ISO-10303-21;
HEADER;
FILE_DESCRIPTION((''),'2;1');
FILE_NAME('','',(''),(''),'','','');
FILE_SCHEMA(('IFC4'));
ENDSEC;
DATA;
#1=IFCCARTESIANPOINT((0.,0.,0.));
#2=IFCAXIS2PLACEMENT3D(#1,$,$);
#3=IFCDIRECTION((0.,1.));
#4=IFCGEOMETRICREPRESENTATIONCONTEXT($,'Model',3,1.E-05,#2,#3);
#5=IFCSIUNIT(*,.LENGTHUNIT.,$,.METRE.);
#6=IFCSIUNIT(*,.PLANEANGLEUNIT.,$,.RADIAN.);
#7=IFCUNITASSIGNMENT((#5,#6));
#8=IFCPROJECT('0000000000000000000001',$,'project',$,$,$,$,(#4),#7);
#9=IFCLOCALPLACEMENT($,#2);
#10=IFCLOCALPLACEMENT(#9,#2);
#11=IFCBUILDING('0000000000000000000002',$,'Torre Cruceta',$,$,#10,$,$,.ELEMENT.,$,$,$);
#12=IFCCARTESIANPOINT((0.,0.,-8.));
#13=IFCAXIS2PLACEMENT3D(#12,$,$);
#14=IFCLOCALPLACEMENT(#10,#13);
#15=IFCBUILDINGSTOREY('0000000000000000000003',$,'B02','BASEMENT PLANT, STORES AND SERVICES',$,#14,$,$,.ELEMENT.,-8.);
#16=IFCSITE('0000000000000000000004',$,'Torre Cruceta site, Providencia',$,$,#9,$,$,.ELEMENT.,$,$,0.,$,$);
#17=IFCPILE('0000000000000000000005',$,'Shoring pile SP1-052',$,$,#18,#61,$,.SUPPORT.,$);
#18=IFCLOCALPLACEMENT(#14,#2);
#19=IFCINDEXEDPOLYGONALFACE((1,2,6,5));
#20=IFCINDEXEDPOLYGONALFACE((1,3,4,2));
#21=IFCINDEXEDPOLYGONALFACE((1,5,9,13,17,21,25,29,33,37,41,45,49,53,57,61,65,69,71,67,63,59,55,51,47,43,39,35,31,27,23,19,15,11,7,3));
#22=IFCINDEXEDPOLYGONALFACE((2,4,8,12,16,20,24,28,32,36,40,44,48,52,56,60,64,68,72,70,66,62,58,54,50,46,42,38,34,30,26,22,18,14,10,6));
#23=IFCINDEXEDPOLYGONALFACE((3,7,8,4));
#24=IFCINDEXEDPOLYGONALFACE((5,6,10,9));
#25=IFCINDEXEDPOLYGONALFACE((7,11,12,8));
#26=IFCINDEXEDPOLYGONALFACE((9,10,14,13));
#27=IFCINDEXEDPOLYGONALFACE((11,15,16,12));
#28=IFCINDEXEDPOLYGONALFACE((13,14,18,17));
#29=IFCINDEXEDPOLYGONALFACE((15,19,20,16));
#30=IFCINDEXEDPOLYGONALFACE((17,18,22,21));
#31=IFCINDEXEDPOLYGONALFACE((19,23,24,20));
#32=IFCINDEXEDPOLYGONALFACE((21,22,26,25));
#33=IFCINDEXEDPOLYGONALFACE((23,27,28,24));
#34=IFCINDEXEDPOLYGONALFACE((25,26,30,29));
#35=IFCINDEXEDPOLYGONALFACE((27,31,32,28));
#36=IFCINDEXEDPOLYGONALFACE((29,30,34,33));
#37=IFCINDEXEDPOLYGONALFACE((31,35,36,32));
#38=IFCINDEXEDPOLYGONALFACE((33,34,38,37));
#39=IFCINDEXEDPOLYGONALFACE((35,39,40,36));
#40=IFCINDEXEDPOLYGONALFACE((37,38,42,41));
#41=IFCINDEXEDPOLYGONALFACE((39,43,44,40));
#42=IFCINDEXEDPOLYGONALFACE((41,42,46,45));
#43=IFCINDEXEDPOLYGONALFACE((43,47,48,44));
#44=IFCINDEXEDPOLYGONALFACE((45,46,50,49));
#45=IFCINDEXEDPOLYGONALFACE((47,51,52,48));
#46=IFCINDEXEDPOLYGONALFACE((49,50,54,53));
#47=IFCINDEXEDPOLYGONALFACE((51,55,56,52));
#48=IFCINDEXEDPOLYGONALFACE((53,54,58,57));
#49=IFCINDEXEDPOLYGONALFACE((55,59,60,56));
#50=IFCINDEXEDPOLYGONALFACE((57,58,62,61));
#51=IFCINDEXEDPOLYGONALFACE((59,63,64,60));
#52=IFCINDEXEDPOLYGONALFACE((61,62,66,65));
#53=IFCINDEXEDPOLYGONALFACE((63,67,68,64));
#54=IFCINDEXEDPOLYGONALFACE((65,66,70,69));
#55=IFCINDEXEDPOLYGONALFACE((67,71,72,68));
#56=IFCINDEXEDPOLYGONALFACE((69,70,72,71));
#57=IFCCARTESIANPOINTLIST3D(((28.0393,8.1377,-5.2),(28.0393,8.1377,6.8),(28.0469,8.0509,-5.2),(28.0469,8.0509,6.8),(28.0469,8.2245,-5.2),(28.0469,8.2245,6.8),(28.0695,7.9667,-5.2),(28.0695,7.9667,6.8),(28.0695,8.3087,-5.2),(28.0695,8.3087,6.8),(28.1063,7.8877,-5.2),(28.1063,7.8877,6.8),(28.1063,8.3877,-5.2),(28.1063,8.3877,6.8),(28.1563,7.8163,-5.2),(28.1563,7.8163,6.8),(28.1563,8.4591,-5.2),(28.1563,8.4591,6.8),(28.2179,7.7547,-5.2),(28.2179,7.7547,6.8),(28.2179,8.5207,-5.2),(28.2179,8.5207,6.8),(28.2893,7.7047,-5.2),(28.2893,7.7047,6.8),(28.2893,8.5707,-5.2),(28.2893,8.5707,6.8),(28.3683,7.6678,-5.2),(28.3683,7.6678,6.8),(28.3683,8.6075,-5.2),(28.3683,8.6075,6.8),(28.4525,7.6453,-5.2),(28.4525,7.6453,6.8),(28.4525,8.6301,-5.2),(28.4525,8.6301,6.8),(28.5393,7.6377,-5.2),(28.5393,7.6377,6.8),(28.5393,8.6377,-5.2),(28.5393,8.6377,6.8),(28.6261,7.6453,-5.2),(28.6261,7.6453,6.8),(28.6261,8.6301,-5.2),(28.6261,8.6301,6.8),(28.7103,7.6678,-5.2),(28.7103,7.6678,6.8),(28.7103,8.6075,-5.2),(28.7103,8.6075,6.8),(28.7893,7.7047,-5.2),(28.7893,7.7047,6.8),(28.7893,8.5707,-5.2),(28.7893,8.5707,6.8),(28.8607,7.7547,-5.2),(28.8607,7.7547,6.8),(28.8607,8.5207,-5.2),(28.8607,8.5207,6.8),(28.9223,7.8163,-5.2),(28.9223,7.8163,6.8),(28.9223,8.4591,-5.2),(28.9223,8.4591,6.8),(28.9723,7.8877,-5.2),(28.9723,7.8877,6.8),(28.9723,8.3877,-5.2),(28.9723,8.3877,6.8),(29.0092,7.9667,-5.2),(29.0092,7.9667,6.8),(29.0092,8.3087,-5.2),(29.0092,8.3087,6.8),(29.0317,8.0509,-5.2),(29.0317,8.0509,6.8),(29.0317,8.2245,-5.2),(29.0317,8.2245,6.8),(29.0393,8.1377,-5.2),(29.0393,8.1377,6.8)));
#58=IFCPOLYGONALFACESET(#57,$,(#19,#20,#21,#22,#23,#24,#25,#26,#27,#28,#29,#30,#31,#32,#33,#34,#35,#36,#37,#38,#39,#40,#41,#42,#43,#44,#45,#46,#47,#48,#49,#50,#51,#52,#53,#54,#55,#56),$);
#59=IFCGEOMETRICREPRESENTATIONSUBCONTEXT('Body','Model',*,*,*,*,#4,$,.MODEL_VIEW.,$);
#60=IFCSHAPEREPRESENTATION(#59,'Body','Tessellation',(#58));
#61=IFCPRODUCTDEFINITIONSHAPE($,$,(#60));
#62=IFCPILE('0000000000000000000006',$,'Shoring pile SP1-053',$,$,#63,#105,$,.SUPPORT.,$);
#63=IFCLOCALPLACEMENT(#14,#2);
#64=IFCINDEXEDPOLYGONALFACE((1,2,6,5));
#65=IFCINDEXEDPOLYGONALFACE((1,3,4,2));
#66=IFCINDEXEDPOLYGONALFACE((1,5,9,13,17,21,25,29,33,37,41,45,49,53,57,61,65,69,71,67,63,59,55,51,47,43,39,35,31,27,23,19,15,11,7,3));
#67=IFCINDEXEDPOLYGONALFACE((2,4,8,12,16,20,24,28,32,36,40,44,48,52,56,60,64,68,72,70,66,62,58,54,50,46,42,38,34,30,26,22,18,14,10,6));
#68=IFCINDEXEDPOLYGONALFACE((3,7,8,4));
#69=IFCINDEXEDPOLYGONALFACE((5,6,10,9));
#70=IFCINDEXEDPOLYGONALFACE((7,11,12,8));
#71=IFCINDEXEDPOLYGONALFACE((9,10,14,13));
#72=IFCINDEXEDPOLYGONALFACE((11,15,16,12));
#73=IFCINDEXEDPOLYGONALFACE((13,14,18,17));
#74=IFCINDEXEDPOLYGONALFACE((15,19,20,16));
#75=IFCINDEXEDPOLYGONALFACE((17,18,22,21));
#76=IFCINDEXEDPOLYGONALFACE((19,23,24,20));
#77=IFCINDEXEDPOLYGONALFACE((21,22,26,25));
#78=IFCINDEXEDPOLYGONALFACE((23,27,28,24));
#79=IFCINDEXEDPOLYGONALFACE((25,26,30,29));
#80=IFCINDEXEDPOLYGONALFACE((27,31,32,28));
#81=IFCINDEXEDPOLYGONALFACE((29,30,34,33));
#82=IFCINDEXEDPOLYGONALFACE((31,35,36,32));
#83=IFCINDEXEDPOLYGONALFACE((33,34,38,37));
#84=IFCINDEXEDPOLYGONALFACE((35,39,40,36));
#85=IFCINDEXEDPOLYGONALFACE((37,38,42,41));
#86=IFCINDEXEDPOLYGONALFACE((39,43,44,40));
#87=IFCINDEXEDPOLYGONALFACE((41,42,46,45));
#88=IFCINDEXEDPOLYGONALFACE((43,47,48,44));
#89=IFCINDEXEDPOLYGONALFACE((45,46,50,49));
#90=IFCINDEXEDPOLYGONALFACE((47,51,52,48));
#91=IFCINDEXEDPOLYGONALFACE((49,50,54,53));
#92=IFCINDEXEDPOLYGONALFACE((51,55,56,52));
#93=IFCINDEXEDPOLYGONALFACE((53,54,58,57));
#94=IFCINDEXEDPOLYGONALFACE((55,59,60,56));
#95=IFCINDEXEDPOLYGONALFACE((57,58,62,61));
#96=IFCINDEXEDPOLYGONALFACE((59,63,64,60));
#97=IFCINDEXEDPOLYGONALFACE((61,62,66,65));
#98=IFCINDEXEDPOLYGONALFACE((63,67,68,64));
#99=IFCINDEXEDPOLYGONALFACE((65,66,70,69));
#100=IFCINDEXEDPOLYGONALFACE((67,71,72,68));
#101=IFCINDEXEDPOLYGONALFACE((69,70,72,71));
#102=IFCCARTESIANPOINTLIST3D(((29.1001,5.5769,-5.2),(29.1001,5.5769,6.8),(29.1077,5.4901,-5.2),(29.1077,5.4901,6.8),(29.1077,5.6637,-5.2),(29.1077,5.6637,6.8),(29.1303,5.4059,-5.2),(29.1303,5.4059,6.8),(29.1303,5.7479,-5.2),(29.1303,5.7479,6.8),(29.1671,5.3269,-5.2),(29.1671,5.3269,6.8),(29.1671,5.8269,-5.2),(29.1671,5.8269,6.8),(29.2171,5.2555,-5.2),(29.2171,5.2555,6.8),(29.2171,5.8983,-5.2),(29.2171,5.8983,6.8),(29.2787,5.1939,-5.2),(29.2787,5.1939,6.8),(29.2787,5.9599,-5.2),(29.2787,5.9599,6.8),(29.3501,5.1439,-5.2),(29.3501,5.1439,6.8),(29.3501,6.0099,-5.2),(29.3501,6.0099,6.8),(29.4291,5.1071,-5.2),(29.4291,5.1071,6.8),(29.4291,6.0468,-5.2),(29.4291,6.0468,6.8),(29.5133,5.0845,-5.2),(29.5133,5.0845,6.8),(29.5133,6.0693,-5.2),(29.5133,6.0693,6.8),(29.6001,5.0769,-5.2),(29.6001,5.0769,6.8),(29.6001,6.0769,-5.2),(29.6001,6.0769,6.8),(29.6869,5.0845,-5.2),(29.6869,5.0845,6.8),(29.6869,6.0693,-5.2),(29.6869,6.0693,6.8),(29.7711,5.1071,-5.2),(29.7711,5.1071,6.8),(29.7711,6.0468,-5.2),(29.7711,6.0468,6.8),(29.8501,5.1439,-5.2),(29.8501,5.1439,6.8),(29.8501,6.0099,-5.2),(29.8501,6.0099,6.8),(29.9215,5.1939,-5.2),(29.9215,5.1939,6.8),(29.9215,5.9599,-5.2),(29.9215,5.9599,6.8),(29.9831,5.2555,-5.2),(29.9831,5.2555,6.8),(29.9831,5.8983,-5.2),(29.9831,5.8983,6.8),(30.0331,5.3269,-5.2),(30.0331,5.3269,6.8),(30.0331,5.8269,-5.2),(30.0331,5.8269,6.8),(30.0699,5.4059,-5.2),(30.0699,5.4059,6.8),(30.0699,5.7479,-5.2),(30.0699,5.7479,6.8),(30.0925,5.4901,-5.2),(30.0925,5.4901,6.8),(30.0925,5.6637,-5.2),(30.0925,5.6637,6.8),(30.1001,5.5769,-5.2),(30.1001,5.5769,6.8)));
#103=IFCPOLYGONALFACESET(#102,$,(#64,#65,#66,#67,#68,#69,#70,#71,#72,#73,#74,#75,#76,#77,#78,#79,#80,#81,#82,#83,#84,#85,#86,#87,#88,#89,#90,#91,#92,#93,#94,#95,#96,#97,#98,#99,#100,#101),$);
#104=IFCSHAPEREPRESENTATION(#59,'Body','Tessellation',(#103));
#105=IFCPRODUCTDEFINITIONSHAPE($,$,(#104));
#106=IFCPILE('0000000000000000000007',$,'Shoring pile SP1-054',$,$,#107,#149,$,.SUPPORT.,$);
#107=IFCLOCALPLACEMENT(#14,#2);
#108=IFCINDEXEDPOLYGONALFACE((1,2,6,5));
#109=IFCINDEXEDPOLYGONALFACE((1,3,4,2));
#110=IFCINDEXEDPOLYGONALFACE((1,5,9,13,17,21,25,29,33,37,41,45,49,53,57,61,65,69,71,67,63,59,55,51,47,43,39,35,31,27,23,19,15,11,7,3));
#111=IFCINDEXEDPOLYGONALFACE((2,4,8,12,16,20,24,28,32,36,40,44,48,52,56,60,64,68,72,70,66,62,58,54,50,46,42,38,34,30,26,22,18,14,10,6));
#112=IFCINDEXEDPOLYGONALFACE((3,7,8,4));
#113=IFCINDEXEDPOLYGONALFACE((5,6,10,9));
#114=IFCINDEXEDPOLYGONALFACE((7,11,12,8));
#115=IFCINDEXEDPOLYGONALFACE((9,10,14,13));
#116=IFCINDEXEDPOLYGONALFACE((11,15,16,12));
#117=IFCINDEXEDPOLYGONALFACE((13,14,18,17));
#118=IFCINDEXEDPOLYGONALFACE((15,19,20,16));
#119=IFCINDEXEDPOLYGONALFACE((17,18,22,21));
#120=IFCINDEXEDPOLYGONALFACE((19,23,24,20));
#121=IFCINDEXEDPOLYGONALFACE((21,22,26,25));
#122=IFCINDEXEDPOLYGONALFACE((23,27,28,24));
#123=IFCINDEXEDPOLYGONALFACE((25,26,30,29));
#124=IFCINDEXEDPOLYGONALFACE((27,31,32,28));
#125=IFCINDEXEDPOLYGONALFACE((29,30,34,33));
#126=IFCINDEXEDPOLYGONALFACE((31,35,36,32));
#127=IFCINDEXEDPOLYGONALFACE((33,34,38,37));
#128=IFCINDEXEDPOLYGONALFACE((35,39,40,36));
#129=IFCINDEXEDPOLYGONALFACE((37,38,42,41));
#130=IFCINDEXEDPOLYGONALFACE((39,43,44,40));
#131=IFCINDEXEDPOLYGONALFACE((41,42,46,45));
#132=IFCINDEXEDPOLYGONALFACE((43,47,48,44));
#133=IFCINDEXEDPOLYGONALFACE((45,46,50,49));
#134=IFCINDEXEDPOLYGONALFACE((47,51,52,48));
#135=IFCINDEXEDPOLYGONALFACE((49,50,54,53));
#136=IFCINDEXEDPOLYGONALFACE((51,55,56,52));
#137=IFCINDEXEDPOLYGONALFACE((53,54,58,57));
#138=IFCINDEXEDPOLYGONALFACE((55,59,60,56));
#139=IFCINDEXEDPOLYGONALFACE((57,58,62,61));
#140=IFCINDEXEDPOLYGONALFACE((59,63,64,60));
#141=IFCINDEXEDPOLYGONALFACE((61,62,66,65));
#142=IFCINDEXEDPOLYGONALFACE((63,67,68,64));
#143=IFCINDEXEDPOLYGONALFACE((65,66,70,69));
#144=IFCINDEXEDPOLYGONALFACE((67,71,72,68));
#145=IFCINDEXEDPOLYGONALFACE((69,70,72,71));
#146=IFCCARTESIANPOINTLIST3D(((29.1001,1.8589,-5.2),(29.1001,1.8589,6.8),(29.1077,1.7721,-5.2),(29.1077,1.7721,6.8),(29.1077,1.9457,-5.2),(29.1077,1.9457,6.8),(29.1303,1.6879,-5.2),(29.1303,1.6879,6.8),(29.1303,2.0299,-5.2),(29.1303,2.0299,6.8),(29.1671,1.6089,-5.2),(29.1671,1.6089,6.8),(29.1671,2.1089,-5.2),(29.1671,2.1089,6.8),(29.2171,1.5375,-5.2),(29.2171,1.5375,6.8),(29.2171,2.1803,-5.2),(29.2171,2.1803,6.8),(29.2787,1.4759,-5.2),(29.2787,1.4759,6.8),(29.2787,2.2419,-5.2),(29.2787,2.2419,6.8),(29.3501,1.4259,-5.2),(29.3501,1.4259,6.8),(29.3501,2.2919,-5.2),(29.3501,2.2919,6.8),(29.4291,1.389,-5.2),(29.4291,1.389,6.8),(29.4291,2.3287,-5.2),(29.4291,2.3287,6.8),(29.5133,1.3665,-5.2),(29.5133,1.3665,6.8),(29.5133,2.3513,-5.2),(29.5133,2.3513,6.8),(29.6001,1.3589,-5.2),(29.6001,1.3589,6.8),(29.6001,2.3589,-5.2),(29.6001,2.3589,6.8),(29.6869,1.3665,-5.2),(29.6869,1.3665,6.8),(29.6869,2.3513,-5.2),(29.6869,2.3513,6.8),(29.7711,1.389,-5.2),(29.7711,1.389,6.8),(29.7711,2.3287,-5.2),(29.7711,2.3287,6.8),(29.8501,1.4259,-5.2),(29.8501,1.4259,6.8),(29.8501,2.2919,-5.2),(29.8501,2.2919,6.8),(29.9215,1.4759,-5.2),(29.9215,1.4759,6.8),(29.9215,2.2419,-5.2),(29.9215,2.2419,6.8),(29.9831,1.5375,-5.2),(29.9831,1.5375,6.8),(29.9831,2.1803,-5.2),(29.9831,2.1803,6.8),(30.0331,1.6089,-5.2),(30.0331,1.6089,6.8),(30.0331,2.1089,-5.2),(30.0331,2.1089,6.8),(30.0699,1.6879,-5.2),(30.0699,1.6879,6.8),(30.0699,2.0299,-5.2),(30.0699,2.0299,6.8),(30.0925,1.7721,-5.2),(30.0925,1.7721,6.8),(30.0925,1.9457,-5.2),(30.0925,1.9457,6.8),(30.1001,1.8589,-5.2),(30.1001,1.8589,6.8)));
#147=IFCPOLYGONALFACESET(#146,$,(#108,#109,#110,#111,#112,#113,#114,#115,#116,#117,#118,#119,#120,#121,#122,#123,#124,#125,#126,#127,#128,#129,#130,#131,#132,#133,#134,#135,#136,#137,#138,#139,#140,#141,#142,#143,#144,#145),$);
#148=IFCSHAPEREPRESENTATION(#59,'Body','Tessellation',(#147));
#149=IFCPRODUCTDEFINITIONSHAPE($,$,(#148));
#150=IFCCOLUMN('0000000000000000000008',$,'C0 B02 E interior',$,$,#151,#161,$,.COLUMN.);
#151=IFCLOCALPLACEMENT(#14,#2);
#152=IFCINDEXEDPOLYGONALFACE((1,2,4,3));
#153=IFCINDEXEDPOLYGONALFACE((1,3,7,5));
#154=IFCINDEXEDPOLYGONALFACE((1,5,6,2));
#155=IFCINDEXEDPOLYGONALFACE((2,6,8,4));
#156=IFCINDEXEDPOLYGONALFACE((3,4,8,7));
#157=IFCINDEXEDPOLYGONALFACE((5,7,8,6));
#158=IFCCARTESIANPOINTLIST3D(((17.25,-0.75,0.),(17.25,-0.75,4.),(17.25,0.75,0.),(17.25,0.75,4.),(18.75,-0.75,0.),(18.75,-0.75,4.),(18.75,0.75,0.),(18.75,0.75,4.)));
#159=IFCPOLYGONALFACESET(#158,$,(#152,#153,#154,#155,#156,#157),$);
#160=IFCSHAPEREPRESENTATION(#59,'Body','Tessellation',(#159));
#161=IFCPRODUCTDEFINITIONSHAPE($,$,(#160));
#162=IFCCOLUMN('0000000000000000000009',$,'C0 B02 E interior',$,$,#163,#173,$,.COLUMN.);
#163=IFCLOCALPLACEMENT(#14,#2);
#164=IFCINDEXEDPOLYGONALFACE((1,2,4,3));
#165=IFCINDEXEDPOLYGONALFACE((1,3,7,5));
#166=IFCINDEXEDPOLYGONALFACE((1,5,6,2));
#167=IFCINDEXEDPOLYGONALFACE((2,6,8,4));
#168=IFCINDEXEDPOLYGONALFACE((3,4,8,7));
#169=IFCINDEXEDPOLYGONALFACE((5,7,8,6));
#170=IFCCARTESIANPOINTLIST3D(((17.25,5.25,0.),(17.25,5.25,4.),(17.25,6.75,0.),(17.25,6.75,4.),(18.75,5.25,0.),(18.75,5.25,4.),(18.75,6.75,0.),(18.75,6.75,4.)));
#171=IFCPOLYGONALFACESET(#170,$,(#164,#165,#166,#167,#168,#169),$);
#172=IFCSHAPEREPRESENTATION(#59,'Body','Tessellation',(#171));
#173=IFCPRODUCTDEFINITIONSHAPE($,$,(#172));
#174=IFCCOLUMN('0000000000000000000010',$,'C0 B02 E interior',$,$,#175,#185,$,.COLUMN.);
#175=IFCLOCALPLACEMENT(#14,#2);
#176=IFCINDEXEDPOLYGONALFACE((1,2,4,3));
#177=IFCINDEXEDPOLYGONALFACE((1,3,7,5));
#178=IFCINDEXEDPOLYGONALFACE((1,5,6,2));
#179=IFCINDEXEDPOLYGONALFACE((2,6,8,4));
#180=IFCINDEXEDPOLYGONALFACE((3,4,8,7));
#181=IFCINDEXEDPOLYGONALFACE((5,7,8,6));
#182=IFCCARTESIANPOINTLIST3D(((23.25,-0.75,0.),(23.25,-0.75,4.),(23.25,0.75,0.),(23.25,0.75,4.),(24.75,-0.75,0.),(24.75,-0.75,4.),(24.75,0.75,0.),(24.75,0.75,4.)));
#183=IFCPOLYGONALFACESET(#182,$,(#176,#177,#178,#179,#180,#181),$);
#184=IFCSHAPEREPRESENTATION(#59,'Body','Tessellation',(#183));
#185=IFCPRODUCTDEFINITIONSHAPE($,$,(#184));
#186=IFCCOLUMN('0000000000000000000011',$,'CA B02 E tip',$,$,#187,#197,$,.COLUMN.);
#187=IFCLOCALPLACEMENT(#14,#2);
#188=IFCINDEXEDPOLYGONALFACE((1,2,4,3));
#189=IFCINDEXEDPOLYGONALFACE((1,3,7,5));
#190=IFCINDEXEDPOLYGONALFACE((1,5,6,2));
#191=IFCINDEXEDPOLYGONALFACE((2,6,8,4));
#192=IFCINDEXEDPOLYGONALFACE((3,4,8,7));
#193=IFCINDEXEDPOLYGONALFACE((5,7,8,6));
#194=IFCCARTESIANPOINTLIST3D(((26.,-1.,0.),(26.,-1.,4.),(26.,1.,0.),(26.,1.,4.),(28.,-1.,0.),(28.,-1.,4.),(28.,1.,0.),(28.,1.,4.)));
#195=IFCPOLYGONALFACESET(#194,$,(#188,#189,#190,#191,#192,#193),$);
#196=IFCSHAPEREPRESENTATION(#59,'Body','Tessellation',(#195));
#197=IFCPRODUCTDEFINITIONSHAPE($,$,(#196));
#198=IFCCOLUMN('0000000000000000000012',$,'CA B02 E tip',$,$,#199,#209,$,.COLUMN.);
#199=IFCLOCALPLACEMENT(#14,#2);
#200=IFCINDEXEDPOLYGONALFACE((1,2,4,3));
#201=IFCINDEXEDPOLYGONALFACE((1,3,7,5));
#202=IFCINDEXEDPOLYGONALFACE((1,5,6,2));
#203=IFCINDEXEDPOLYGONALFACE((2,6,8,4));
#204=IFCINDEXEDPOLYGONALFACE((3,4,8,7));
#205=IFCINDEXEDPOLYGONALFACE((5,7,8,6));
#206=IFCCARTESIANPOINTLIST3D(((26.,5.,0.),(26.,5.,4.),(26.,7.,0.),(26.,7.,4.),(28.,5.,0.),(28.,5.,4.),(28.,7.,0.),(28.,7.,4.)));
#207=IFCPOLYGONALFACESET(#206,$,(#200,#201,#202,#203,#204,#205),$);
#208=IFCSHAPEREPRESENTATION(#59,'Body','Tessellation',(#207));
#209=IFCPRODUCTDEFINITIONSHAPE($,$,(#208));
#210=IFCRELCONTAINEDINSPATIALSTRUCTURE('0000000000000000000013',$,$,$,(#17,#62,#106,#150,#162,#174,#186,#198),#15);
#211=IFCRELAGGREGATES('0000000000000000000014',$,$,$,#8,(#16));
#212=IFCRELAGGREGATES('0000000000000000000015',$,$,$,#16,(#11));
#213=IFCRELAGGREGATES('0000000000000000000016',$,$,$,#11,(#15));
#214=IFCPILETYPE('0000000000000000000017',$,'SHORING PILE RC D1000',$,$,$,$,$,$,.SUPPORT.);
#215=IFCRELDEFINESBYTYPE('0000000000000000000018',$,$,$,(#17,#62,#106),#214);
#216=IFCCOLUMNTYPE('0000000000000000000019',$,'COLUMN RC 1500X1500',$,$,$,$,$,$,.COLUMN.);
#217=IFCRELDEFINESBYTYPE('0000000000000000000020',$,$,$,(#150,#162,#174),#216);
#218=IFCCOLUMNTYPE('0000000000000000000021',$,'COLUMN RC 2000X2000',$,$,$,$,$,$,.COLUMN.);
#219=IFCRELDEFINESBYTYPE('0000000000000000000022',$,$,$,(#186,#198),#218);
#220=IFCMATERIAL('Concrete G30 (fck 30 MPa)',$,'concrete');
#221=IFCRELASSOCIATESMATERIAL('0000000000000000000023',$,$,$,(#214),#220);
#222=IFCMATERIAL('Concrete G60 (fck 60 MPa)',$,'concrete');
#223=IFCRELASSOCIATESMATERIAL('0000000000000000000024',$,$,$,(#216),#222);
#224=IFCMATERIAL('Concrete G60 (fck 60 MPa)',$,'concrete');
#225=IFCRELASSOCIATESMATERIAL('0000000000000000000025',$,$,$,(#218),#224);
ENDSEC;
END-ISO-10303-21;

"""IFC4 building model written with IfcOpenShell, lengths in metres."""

from ifc_helpers import new_model, si_unit, direction, frame, origin, origin_2d, place, context, subcontext, project, spatial, rectangle, circle, extrude, material, material_profile, profile_set, type_object, element, save


model = new_model("IFC4")

# Units and contexts
model_context = context("Model", 3, precision=1e-05, world=origin(), true_north=direction((0.0, 1.0)))
body_context = subcontext(model_context, "Body", "Model", "MODEL_VIEW")
ifc_project = project(units=[si_unit("LENGTHUNIT", "METRE"), si_unit("PLANEANGLEUNIT", "RADIAN")], contexts=[model_context])

# Site, building, storey
site_placement = place(None, origin())
site = spatial("IfcSite", under=ifc_project, at=site_placement, Name="Torre Cruceta site, Providencia", CompositionType="ELEMENT", RefElevation=0.0)
building_placement = place(site_placement, origin())
building = spatial("IfcBuilding", under=site, at=building_placement, Name="Torre Cruceta", CompositionType="ELEMENT")
storey_placement = place(building_placement, frame((0.0, 0.0, -8.0)))
storey = spatial("IfcBuildingStorey", under=building, at=storey_placement, Name="B02", Description="BASEMENT PLANT, STORES AND SERVICES", CompositionType="ELEMENT", Elevation=-8.0)

# Piles
ifc_material_1 = material(Name="Concrete G30 (fck 30 MPa)", Category="concrete")
ifc_material_profile_1 = material_profile(ifc_material_1, circle(Radius=0.5, at=origin_2d()), Name="RC D1000")
ifc_profile_set_1 = profile_set([ifc_material_profile_1], Name="Concrete G30 (fck 30 MPa)")
pile_type_1 = type_object("IfcPileType", Name="SHORING PILE RC D1000", PredefinedType="SUPPORT", material=ifc_profile_set_1)
for number, where, z_axis, x_axis, name in (
    (1, (28.5393, 8.1377, 6.8), (0.0, 0.0, -1.0), (1.0, 0.0, 0.0), "Shoring pile SP1-052"),
    (2, (29.6001, 5.5769, 6.8), (0.0, 0.0, -1.0), (1.0, 0.0, 0.0), "Shoring pile SP1-053"),
    (3, (29.6001, 1.8589, 6.8), (0.0, 0.0, -1.0), (1.0, 0.0, 0.0), "Shoring pile SP1-054"),
):
    element("IfcPile", number, at=place(storey_placement, frame(where, z_axis=z_axis, x_axis=x_axis)), inside=storey, type_object=pile_type_1, Name=name, PredefinedType="SUPPORT", context=body_context, shape_type="SweptSolid", body=[
        extrude(circle(Radius=0.5, at=origin_2d()), origin(), (0.0, 0.0, 1.0), 12.0),
    ])

# Columns
ifc_material_2 = material(Name="Concrete G60 (fck 60 MPa)", Category="concrete")
ifc_material_profile_2 = material_profile(ifc_material_2, rectangle(XDim=1.5, YDim=1.5, at=origin_2d()), Name="RC 1500X1500")
ifc_profile_set_2 = profile_set([ifc_material_profile_2], Name="Concrete G60 (fck 60 MPa)")
column_type_1 = type_object("IfcColumnType", Name="COLUMN RC 1500X1500", PredefinedType="COLUMN", material=ifc_profile_set_2)
for number, where, z_axis, x_axis, name in (
    (4, (18.0, 0.0, 0.0), (0.0, 0.0, 1.0), (1.0, 0.0, 0.0), "C0 B02 E interior"),
    (5, (18.0, 6.0, 0.0), (0.0, 0.0, 1.0), (1.0, 0.0, 0.0), "C0 B02 E interior"),
    (6, (24.0, 0.0, 0.0), (0.0, 0.0, 1.0), (1.0, 0.0, 0.0), "C0 B02 E interior"),
):
    element("IfcColumn", number, at=place(storey_placement, frame(where, z_axis=z_axis, x_axis=x_axis)), inside=storey, type_object=column_type_1, Name=name, PredefinedType="COLUMN", context=body_context, shape_type="SweptSolid", body=[
        extrude(rectangle(XDim=1.5, YDim=1.5, at=origin_2d()), origin(), (0.0, 0.0, 1.0), 4.0),
    ])
ifc_material_3 = material(Name="Concrete G60 (fck 60 MPa)", Category="concrete")
ifc_material_profile_3 = material_profile(ifc_material_3, rectangle(XDim=2.0, YDim=2.0, at=origin_2d()), Name="RC 2000X2000")
ifc_profile_set_3 = profile_set([ifc_material_profile_3], Name="Concrete G60 (fck 60 MPa)")
column_type_2 = type_object("IfcColumnType", Name="COLUMN RC 2000X2000", PredefinedType="COLUMN", material=ifc_profile_set_3)
for number, where, z_axis, x_axis, name in (
    (7, (27.0, 0.0, 0.0), (0.0, 0.0, 1.0), (1.0, 0.0, 0.0), "CA B02 E tip"),
    (8, (27.0, 6.0, 0.0), (0.0, 0.0, 1.0), (1.0, 0.0, 0.0), "CA B02 E tip"),
):
    element("IfcColumn", number, at=place(storey_placement, frame(where, z_axis=z_axis, x_axis=x_axis)), inside=storey, type_object=column_type_2, Name=name, PredefinedType="COLUMN", context=body_context, shape_type="SweptSolid", body=[
        extrude(rectangle(XDim=2.0, YDim=2.0, at=origin_2d()), origin(), (0.0, 0.0, 1.0), 4.0),
    ])

save(model, "model.ifc")
